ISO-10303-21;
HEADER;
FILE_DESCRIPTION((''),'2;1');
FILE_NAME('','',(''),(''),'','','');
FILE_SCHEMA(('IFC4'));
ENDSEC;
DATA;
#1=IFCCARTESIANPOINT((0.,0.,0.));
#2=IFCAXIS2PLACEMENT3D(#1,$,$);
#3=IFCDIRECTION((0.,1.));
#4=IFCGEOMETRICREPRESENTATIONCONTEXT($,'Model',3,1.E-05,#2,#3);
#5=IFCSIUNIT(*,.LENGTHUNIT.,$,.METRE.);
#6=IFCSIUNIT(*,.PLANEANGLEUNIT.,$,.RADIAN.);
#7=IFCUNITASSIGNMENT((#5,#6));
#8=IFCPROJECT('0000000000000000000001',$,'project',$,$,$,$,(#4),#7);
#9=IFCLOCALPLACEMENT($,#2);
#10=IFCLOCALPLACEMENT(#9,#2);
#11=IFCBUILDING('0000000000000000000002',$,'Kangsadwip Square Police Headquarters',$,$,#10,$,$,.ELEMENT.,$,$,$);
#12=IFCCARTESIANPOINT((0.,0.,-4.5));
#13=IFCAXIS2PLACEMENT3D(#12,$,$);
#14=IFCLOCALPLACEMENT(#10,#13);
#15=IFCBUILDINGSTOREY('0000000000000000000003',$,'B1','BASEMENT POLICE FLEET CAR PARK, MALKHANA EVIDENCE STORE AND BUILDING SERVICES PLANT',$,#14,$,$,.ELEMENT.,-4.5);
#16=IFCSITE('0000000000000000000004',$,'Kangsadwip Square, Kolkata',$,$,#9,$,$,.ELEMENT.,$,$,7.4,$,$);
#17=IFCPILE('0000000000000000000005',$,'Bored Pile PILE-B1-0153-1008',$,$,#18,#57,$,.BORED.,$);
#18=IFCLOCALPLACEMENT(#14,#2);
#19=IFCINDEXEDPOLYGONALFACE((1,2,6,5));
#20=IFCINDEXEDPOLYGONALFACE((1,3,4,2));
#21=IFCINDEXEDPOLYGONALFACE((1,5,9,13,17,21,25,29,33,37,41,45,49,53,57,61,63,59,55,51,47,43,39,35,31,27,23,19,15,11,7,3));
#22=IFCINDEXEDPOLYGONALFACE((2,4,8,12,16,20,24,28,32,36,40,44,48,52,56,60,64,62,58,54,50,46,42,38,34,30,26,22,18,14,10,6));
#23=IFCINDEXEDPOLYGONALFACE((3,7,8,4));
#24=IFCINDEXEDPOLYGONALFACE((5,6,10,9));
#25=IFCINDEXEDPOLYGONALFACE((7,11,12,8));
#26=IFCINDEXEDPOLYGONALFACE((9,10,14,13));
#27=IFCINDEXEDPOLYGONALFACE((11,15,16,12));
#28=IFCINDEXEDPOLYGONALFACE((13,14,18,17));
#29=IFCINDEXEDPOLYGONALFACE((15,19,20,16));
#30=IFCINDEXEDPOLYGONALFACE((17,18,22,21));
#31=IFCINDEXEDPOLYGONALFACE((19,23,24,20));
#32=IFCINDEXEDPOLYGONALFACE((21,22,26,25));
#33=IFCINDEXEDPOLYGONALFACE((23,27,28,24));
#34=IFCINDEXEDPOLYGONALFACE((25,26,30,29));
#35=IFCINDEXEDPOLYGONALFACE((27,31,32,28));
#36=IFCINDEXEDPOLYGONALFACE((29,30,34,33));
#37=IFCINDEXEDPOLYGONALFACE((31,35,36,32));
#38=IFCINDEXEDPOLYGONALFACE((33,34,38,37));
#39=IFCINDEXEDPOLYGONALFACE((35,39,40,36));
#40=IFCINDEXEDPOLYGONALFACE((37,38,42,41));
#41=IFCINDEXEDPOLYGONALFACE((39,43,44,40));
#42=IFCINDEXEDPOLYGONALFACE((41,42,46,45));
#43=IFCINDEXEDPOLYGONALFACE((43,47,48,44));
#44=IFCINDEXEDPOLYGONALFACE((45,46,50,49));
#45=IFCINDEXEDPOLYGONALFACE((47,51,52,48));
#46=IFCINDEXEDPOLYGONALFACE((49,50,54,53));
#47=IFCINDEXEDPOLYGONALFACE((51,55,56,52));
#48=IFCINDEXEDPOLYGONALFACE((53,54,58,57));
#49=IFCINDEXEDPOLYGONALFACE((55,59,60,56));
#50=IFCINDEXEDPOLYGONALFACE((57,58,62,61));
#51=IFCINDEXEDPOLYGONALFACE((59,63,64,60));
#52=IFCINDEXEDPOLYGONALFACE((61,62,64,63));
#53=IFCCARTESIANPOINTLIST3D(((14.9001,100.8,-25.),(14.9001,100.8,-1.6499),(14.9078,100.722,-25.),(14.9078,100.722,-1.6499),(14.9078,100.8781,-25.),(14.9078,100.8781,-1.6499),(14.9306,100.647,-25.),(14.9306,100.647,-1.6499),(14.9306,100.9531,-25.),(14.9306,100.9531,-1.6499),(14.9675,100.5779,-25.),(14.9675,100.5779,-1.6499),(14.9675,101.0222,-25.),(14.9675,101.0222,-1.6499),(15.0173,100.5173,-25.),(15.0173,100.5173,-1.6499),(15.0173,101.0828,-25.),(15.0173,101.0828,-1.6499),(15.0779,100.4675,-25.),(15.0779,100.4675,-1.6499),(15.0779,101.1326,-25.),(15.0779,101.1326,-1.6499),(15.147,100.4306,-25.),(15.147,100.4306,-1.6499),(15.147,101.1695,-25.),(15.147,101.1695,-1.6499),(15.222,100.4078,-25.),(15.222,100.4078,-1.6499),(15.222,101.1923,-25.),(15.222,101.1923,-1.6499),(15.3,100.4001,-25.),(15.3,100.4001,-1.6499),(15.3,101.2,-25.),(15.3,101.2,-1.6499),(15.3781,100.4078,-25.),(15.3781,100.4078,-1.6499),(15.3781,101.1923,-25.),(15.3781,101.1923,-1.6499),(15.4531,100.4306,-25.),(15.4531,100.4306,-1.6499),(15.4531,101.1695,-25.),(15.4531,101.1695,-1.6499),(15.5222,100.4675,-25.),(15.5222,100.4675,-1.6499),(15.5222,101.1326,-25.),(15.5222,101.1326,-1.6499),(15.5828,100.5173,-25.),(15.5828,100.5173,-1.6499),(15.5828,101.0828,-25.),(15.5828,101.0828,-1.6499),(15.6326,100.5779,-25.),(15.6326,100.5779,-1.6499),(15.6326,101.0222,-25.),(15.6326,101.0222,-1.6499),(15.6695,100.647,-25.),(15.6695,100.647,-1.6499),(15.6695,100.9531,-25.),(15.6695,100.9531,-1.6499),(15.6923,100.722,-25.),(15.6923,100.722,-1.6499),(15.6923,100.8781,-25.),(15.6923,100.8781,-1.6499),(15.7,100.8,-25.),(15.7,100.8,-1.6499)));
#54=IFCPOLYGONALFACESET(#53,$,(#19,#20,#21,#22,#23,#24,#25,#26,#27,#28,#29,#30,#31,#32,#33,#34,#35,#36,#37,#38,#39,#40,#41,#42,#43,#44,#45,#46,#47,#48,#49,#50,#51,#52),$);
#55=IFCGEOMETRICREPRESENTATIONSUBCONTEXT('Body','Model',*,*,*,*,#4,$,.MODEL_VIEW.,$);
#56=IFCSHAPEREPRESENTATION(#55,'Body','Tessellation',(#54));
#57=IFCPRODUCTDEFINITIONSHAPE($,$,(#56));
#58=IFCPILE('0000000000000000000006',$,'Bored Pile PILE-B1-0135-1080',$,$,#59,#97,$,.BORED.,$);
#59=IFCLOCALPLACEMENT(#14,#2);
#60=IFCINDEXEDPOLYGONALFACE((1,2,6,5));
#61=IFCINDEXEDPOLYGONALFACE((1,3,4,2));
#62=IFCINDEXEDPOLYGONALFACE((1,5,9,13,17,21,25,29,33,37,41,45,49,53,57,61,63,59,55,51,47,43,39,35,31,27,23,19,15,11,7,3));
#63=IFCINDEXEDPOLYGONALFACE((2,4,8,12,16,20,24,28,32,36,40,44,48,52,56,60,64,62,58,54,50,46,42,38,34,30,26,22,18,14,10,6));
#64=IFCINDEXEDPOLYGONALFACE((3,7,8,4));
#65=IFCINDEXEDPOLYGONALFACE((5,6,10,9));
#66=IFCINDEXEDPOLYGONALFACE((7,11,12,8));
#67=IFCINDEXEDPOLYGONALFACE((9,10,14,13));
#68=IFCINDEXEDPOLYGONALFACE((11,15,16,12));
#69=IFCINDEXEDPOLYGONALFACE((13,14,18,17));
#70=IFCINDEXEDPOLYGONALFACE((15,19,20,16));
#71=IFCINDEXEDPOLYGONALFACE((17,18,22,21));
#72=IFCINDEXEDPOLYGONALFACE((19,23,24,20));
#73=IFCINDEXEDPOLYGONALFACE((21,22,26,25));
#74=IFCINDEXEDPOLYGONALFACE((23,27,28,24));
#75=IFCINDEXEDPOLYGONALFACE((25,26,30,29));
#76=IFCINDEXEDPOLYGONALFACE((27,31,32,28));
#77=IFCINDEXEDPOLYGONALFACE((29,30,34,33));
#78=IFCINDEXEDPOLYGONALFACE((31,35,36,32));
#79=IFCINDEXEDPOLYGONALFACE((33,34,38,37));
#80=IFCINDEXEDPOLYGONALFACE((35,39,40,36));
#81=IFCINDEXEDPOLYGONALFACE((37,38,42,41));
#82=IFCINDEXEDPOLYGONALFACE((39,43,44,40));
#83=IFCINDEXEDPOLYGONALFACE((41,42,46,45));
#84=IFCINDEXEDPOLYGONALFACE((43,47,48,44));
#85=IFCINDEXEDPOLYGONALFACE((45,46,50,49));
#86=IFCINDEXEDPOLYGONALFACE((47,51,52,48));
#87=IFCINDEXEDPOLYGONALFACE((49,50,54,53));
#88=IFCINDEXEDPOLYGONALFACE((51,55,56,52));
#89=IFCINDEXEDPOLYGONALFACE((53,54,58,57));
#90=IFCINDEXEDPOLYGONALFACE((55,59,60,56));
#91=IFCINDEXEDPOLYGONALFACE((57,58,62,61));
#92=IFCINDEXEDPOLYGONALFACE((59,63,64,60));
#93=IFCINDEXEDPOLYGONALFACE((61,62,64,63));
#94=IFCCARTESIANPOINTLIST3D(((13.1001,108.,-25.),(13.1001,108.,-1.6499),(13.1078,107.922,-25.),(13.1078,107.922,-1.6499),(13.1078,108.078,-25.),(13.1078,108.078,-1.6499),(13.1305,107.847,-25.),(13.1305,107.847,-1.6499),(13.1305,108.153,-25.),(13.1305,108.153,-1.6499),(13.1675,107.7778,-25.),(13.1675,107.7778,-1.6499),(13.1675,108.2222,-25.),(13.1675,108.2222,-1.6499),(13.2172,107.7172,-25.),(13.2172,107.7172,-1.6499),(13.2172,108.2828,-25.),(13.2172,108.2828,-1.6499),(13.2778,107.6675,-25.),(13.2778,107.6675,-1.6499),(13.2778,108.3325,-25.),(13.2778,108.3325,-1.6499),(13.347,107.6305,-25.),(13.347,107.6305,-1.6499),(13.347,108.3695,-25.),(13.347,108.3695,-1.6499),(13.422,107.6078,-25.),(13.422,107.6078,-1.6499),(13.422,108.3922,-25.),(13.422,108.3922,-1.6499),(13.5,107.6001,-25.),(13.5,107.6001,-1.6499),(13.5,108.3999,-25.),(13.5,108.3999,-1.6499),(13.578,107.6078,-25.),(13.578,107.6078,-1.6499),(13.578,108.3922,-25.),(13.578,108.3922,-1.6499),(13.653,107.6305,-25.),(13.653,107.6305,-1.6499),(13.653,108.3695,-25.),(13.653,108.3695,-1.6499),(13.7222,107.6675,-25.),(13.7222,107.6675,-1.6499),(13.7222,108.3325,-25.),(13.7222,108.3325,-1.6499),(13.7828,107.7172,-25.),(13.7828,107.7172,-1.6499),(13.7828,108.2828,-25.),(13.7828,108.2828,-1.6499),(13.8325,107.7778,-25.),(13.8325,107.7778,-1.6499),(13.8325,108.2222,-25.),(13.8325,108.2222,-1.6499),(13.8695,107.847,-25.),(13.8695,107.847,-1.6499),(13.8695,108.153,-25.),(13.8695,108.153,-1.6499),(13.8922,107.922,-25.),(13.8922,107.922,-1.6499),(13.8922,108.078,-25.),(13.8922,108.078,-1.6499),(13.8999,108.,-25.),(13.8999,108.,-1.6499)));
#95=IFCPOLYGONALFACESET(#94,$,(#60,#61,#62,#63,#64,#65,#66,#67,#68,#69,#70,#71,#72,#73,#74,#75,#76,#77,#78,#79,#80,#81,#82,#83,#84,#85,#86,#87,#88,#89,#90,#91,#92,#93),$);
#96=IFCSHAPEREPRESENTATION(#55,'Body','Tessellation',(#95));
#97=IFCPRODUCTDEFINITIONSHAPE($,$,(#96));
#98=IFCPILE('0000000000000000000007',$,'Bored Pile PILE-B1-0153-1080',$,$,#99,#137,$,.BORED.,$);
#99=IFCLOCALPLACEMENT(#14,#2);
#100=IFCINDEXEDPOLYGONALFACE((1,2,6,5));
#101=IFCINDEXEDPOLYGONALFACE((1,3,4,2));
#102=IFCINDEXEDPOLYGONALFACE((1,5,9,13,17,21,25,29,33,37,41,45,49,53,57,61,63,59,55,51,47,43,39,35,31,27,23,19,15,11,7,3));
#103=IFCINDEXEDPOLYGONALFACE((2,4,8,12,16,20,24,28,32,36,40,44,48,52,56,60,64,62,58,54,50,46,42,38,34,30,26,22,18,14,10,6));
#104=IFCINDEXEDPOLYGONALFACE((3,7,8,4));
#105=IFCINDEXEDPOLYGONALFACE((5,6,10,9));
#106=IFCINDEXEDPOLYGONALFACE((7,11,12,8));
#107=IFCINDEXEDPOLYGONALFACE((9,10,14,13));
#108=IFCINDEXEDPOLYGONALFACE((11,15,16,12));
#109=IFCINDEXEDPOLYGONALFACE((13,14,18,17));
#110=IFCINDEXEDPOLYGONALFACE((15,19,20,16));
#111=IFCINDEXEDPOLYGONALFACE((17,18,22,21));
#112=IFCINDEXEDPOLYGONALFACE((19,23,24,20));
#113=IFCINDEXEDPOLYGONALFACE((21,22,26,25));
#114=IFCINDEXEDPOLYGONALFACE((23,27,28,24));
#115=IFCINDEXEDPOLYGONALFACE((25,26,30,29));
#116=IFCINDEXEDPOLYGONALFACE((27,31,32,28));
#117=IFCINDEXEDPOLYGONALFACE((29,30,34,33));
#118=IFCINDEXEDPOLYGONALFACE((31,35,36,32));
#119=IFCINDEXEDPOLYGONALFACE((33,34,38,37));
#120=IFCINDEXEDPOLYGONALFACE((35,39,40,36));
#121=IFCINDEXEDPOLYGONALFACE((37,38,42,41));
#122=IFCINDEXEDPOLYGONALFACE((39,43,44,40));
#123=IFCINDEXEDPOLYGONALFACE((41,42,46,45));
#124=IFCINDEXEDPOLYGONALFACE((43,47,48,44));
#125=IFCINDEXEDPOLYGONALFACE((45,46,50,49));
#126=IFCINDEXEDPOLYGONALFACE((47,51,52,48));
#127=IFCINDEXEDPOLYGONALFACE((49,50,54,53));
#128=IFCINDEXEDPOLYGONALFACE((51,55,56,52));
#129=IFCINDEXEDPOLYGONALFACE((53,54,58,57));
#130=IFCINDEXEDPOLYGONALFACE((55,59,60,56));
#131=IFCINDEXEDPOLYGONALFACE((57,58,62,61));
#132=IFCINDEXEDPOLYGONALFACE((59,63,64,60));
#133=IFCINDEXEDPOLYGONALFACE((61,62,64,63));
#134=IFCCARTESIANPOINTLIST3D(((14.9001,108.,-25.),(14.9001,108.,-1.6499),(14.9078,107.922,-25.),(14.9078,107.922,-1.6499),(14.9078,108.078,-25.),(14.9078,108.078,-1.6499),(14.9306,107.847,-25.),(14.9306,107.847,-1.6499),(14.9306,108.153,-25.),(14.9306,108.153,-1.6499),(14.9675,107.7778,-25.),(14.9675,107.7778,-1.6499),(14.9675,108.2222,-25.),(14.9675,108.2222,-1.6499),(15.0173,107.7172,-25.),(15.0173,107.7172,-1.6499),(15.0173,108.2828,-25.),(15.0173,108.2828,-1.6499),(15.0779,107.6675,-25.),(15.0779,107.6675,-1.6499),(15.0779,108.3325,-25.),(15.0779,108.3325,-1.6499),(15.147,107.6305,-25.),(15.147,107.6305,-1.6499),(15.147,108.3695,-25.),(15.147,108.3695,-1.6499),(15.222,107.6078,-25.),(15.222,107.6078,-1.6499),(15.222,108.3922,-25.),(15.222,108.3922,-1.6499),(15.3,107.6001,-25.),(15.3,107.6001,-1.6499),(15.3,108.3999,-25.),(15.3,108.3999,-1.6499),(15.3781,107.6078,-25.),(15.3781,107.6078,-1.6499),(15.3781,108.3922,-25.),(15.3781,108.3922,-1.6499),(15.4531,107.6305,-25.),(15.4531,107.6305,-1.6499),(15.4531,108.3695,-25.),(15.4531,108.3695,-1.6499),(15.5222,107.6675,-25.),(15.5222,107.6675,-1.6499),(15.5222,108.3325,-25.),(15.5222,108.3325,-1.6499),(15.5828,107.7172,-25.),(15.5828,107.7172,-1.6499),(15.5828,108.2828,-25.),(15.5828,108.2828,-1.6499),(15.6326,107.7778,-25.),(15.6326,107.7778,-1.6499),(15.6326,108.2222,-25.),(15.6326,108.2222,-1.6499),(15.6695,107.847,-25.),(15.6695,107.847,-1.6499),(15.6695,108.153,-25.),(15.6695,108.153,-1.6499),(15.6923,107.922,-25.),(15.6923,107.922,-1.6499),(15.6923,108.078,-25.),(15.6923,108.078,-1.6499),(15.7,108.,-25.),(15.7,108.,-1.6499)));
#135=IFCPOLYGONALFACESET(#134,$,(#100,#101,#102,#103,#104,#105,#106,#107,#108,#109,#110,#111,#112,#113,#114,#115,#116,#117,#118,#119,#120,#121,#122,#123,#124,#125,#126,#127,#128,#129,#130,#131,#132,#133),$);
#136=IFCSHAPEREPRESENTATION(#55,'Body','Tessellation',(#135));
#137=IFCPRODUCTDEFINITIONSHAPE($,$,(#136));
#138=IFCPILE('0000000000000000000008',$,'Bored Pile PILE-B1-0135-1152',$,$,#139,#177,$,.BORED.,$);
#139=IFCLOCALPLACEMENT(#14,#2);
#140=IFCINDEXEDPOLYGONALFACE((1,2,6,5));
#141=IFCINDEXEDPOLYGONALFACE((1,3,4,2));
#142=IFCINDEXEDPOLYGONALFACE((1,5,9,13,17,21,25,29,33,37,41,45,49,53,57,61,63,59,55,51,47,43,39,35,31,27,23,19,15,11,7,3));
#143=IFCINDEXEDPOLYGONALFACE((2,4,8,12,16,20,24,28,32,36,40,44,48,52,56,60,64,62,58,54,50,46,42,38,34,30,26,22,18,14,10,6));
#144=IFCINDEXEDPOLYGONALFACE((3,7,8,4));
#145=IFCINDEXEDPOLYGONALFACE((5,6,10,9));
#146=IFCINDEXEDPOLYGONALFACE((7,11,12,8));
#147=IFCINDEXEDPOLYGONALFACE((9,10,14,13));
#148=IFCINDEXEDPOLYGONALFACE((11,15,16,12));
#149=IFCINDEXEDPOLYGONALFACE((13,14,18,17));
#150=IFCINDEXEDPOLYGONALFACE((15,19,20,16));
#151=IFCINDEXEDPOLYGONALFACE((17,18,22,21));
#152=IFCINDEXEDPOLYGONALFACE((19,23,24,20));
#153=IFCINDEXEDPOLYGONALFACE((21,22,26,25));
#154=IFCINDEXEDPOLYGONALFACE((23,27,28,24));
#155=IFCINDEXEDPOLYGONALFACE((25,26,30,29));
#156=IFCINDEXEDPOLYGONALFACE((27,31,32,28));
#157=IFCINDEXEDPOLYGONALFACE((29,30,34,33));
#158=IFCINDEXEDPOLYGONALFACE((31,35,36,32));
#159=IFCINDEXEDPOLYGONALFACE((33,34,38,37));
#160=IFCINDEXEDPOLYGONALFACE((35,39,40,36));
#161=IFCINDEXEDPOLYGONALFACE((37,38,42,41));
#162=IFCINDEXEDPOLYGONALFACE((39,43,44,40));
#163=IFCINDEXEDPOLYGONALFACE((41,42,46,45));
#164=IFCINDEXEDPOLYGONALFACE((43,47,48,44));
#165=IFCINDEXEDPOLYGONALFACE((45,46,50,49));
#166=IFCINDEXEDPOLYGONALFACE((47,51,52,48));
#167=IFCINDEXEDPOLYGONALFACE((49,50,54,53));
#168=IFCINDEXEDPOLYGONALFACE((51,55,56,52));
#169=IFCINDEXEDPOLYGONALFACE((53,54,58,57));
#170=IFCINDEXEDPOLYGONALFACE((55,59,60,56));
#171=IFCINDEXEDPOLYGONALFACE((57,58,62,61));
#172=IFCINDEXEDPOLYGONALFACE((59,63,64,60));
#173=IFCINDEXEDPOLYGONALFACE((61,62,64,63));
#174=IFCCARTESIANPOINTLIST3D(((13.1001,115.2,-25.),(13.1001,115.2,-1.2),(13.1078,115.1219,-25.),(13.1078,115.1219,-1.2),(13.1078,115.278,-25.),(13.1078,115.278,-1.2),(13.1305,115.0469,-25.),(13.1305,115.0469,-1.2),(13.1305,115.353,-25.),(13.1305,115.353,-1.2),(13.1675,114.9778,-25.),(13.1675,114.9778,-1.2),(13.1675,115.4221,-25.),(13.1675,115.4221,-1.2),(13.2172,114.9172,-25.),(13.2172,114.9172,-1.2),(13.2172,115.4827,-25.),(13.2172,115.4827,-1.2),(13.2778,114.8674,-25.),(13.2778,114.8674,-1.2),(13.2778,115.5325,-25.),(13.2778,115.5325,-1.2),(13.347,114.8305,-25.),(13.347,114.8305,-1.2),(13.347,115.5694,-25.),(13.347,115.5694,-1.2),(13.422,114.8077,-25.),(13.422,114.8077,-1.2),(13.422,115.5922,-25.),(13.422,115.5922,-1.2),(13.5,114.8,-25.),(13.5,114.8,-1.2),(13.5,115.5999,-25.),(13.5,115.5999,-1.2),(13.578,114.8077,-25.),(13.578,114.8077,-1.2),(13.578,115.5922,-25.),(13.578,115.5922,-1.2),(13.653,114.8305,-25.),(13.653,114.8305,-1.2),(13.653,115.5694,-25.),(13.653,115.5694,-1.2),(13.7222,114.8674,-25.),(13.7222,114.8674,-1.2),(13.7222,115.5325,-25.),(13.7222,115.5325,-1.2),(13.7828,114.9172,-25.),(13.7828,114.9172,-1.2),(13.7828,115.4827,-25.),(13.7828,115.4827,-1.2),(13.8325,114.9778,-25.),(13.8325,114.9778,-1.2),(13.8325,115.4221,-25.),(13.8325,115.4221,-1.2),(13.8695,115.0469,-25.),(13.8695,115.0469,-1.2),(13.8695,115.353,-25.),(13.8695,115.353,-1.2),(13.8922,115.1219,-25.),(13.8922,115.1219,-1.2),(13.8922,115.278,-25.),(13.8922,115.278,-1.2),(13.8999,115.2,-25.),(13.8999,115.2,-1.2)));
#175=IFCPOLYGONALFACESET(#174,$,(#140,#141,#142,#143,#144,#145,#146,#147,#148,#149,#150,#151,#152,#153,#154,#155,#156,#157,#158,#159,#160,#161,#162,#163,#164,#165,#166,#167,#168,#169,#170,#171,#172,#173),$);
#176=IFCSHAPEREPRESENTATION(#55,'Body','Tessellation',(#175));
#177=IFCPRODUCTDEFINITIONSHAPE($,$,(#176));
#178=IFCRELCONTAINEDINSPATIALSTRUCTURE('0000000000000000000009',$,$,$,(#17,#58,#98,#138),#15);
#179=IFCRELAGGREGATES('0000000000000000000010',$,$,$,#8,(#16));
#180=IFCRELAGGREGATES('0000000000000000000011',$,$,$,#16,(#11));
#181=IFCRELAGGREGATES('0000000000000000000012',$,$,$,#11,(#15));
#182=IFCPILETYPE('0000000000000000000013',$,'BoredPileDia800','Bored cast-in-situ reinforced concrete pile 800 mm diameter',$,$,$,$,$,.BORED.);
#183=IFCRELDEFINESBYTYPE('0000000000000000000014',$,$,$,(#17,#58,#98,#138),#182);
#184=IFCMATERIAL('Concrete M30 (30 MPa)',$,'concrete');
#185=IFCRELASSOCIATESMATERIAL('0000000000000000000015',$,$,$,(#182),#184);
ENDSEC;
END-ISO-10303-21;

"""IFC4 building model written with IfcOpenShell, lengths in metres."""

from ifc_helpers import new_model, si_unit, direction, frame, origin, origin_2d, place, context, subcontext, project, spatial, circle, extrude, material, material_profile, profile_set, type_object, element, save


model = new_model("IFC4")

# Units and contexts
model_context = context("Model", 3, precision=1e-05, world=origin(), true_north=direction((0.0, 1.0)))
body_context = subcontext(model_context, "Body", "Model", "MODEL_VIEW")
ifc_project = project(units=[si_unit("LENGTHUNIT", "METRE"), si_unit("PLANEANGLEUNIT", "RADIAN")], contexts=[model_context])

# Site, building, storey
site_placement = place(None, origin())
site = spatial("IfcSite", under=ifc_project, at=site_placement, Name="Kangsadwip Square, Kolkata", CompositionType="ELEMENT", RefElevation=7.4)
building_placement = place(site_placement, origin())
building = spatial("IfcBuilding", under=site, at=building_placement, Name="Kangsadwip Square Police Headquarters", CompositionType="ELEMENT")
storey_placement = place(building_placement, frame((0.0, 0.0, -4.5)))
storey = spatial("IfcBuildingStorey", under=building, at=storey_placement, Name="B1", Description="BASEMENT POLICE FLEET CAR PARK, MALKHANA EVIDENCE STORE AND BUILDING SERVICES PLANT", CompositionType="ELEMENT", Elevation=-4.5)

# Piles
ifc_material_1 = material(Name="Concrete M30 (30 MPa)", Category="concrete")
ifc_material_profile_1 = material_profile(ifc_material_1, circle(Radius=0.3999, at=origin_2d()), Name="PILE DIA 800")
ifc_profile_set_1 = profile_set([ifc_material_profile_1], Name="Concrete M30 (30 MPa)")
pile_type = type_object("IfcPileType", Name="BoredPileDia800", Description="Bored cast-in-situ reinforced concrete pile 800 mm diameter", PredefinedType="BORED", material=ifc_profile_set_1)
for number, where, z_axis, x_axis, name in (
    (1, (15.3, 100.8, -1.6499), (0.0, 0.0, -1.0), (1.0, 0.0, 0.0), "Bored Pile PILE-B1-0153-1008"),
    (2, (13.5, 108.0, -1.6499), (0.0, 0.0, -1.0), (1.0, 0.0, 0.0), "Bored Pile PILE-B1-0135-1080"),
    (3, (15.3, 108.0, -1.6499), (0.0, 0.0, -1.0), (1.0, 0.0, 0.0), "Bored Pile PILE-B1-0153-1080"),
):
    element("IfcPile", number, at=place(storey_placement, frame(where, z_axis=z_axis, x_axis=x_axis)), inside=storey, type_object=pile_type, Name=name, PredefinedType="BORED", context=body_context, shape_type="SweptSolid", body=[
        extrude(circle(Radius=0.3999, at=origin_2d()), origin(), (0.0, 0.0, 1.0), 23.3501),
    ])
for number, where, z_axis, x_axis, name in (
    (4, (13.5, 115.2, -1.2), (0.0, 0.0, -1.0), (1.0, 0.0, 0.0), "Bored Pile PILE-B1-0135-1152"),
):
    element("IfcPile", number, at=place(storey_placement, frame(where, z_axis=z_axis, x_axis=x_axis)), inside=storey, type_object=pile_type, Name=name, PredefinedType="BORED", context=body_context, shape_type="SweptSolid", body=[
        extrude(circle(Radius=0.3999, at=origin_2d()), origin(), (0.0, 0.0, 1.0), 23.8),
    ])

save(model, "model.ifc")
